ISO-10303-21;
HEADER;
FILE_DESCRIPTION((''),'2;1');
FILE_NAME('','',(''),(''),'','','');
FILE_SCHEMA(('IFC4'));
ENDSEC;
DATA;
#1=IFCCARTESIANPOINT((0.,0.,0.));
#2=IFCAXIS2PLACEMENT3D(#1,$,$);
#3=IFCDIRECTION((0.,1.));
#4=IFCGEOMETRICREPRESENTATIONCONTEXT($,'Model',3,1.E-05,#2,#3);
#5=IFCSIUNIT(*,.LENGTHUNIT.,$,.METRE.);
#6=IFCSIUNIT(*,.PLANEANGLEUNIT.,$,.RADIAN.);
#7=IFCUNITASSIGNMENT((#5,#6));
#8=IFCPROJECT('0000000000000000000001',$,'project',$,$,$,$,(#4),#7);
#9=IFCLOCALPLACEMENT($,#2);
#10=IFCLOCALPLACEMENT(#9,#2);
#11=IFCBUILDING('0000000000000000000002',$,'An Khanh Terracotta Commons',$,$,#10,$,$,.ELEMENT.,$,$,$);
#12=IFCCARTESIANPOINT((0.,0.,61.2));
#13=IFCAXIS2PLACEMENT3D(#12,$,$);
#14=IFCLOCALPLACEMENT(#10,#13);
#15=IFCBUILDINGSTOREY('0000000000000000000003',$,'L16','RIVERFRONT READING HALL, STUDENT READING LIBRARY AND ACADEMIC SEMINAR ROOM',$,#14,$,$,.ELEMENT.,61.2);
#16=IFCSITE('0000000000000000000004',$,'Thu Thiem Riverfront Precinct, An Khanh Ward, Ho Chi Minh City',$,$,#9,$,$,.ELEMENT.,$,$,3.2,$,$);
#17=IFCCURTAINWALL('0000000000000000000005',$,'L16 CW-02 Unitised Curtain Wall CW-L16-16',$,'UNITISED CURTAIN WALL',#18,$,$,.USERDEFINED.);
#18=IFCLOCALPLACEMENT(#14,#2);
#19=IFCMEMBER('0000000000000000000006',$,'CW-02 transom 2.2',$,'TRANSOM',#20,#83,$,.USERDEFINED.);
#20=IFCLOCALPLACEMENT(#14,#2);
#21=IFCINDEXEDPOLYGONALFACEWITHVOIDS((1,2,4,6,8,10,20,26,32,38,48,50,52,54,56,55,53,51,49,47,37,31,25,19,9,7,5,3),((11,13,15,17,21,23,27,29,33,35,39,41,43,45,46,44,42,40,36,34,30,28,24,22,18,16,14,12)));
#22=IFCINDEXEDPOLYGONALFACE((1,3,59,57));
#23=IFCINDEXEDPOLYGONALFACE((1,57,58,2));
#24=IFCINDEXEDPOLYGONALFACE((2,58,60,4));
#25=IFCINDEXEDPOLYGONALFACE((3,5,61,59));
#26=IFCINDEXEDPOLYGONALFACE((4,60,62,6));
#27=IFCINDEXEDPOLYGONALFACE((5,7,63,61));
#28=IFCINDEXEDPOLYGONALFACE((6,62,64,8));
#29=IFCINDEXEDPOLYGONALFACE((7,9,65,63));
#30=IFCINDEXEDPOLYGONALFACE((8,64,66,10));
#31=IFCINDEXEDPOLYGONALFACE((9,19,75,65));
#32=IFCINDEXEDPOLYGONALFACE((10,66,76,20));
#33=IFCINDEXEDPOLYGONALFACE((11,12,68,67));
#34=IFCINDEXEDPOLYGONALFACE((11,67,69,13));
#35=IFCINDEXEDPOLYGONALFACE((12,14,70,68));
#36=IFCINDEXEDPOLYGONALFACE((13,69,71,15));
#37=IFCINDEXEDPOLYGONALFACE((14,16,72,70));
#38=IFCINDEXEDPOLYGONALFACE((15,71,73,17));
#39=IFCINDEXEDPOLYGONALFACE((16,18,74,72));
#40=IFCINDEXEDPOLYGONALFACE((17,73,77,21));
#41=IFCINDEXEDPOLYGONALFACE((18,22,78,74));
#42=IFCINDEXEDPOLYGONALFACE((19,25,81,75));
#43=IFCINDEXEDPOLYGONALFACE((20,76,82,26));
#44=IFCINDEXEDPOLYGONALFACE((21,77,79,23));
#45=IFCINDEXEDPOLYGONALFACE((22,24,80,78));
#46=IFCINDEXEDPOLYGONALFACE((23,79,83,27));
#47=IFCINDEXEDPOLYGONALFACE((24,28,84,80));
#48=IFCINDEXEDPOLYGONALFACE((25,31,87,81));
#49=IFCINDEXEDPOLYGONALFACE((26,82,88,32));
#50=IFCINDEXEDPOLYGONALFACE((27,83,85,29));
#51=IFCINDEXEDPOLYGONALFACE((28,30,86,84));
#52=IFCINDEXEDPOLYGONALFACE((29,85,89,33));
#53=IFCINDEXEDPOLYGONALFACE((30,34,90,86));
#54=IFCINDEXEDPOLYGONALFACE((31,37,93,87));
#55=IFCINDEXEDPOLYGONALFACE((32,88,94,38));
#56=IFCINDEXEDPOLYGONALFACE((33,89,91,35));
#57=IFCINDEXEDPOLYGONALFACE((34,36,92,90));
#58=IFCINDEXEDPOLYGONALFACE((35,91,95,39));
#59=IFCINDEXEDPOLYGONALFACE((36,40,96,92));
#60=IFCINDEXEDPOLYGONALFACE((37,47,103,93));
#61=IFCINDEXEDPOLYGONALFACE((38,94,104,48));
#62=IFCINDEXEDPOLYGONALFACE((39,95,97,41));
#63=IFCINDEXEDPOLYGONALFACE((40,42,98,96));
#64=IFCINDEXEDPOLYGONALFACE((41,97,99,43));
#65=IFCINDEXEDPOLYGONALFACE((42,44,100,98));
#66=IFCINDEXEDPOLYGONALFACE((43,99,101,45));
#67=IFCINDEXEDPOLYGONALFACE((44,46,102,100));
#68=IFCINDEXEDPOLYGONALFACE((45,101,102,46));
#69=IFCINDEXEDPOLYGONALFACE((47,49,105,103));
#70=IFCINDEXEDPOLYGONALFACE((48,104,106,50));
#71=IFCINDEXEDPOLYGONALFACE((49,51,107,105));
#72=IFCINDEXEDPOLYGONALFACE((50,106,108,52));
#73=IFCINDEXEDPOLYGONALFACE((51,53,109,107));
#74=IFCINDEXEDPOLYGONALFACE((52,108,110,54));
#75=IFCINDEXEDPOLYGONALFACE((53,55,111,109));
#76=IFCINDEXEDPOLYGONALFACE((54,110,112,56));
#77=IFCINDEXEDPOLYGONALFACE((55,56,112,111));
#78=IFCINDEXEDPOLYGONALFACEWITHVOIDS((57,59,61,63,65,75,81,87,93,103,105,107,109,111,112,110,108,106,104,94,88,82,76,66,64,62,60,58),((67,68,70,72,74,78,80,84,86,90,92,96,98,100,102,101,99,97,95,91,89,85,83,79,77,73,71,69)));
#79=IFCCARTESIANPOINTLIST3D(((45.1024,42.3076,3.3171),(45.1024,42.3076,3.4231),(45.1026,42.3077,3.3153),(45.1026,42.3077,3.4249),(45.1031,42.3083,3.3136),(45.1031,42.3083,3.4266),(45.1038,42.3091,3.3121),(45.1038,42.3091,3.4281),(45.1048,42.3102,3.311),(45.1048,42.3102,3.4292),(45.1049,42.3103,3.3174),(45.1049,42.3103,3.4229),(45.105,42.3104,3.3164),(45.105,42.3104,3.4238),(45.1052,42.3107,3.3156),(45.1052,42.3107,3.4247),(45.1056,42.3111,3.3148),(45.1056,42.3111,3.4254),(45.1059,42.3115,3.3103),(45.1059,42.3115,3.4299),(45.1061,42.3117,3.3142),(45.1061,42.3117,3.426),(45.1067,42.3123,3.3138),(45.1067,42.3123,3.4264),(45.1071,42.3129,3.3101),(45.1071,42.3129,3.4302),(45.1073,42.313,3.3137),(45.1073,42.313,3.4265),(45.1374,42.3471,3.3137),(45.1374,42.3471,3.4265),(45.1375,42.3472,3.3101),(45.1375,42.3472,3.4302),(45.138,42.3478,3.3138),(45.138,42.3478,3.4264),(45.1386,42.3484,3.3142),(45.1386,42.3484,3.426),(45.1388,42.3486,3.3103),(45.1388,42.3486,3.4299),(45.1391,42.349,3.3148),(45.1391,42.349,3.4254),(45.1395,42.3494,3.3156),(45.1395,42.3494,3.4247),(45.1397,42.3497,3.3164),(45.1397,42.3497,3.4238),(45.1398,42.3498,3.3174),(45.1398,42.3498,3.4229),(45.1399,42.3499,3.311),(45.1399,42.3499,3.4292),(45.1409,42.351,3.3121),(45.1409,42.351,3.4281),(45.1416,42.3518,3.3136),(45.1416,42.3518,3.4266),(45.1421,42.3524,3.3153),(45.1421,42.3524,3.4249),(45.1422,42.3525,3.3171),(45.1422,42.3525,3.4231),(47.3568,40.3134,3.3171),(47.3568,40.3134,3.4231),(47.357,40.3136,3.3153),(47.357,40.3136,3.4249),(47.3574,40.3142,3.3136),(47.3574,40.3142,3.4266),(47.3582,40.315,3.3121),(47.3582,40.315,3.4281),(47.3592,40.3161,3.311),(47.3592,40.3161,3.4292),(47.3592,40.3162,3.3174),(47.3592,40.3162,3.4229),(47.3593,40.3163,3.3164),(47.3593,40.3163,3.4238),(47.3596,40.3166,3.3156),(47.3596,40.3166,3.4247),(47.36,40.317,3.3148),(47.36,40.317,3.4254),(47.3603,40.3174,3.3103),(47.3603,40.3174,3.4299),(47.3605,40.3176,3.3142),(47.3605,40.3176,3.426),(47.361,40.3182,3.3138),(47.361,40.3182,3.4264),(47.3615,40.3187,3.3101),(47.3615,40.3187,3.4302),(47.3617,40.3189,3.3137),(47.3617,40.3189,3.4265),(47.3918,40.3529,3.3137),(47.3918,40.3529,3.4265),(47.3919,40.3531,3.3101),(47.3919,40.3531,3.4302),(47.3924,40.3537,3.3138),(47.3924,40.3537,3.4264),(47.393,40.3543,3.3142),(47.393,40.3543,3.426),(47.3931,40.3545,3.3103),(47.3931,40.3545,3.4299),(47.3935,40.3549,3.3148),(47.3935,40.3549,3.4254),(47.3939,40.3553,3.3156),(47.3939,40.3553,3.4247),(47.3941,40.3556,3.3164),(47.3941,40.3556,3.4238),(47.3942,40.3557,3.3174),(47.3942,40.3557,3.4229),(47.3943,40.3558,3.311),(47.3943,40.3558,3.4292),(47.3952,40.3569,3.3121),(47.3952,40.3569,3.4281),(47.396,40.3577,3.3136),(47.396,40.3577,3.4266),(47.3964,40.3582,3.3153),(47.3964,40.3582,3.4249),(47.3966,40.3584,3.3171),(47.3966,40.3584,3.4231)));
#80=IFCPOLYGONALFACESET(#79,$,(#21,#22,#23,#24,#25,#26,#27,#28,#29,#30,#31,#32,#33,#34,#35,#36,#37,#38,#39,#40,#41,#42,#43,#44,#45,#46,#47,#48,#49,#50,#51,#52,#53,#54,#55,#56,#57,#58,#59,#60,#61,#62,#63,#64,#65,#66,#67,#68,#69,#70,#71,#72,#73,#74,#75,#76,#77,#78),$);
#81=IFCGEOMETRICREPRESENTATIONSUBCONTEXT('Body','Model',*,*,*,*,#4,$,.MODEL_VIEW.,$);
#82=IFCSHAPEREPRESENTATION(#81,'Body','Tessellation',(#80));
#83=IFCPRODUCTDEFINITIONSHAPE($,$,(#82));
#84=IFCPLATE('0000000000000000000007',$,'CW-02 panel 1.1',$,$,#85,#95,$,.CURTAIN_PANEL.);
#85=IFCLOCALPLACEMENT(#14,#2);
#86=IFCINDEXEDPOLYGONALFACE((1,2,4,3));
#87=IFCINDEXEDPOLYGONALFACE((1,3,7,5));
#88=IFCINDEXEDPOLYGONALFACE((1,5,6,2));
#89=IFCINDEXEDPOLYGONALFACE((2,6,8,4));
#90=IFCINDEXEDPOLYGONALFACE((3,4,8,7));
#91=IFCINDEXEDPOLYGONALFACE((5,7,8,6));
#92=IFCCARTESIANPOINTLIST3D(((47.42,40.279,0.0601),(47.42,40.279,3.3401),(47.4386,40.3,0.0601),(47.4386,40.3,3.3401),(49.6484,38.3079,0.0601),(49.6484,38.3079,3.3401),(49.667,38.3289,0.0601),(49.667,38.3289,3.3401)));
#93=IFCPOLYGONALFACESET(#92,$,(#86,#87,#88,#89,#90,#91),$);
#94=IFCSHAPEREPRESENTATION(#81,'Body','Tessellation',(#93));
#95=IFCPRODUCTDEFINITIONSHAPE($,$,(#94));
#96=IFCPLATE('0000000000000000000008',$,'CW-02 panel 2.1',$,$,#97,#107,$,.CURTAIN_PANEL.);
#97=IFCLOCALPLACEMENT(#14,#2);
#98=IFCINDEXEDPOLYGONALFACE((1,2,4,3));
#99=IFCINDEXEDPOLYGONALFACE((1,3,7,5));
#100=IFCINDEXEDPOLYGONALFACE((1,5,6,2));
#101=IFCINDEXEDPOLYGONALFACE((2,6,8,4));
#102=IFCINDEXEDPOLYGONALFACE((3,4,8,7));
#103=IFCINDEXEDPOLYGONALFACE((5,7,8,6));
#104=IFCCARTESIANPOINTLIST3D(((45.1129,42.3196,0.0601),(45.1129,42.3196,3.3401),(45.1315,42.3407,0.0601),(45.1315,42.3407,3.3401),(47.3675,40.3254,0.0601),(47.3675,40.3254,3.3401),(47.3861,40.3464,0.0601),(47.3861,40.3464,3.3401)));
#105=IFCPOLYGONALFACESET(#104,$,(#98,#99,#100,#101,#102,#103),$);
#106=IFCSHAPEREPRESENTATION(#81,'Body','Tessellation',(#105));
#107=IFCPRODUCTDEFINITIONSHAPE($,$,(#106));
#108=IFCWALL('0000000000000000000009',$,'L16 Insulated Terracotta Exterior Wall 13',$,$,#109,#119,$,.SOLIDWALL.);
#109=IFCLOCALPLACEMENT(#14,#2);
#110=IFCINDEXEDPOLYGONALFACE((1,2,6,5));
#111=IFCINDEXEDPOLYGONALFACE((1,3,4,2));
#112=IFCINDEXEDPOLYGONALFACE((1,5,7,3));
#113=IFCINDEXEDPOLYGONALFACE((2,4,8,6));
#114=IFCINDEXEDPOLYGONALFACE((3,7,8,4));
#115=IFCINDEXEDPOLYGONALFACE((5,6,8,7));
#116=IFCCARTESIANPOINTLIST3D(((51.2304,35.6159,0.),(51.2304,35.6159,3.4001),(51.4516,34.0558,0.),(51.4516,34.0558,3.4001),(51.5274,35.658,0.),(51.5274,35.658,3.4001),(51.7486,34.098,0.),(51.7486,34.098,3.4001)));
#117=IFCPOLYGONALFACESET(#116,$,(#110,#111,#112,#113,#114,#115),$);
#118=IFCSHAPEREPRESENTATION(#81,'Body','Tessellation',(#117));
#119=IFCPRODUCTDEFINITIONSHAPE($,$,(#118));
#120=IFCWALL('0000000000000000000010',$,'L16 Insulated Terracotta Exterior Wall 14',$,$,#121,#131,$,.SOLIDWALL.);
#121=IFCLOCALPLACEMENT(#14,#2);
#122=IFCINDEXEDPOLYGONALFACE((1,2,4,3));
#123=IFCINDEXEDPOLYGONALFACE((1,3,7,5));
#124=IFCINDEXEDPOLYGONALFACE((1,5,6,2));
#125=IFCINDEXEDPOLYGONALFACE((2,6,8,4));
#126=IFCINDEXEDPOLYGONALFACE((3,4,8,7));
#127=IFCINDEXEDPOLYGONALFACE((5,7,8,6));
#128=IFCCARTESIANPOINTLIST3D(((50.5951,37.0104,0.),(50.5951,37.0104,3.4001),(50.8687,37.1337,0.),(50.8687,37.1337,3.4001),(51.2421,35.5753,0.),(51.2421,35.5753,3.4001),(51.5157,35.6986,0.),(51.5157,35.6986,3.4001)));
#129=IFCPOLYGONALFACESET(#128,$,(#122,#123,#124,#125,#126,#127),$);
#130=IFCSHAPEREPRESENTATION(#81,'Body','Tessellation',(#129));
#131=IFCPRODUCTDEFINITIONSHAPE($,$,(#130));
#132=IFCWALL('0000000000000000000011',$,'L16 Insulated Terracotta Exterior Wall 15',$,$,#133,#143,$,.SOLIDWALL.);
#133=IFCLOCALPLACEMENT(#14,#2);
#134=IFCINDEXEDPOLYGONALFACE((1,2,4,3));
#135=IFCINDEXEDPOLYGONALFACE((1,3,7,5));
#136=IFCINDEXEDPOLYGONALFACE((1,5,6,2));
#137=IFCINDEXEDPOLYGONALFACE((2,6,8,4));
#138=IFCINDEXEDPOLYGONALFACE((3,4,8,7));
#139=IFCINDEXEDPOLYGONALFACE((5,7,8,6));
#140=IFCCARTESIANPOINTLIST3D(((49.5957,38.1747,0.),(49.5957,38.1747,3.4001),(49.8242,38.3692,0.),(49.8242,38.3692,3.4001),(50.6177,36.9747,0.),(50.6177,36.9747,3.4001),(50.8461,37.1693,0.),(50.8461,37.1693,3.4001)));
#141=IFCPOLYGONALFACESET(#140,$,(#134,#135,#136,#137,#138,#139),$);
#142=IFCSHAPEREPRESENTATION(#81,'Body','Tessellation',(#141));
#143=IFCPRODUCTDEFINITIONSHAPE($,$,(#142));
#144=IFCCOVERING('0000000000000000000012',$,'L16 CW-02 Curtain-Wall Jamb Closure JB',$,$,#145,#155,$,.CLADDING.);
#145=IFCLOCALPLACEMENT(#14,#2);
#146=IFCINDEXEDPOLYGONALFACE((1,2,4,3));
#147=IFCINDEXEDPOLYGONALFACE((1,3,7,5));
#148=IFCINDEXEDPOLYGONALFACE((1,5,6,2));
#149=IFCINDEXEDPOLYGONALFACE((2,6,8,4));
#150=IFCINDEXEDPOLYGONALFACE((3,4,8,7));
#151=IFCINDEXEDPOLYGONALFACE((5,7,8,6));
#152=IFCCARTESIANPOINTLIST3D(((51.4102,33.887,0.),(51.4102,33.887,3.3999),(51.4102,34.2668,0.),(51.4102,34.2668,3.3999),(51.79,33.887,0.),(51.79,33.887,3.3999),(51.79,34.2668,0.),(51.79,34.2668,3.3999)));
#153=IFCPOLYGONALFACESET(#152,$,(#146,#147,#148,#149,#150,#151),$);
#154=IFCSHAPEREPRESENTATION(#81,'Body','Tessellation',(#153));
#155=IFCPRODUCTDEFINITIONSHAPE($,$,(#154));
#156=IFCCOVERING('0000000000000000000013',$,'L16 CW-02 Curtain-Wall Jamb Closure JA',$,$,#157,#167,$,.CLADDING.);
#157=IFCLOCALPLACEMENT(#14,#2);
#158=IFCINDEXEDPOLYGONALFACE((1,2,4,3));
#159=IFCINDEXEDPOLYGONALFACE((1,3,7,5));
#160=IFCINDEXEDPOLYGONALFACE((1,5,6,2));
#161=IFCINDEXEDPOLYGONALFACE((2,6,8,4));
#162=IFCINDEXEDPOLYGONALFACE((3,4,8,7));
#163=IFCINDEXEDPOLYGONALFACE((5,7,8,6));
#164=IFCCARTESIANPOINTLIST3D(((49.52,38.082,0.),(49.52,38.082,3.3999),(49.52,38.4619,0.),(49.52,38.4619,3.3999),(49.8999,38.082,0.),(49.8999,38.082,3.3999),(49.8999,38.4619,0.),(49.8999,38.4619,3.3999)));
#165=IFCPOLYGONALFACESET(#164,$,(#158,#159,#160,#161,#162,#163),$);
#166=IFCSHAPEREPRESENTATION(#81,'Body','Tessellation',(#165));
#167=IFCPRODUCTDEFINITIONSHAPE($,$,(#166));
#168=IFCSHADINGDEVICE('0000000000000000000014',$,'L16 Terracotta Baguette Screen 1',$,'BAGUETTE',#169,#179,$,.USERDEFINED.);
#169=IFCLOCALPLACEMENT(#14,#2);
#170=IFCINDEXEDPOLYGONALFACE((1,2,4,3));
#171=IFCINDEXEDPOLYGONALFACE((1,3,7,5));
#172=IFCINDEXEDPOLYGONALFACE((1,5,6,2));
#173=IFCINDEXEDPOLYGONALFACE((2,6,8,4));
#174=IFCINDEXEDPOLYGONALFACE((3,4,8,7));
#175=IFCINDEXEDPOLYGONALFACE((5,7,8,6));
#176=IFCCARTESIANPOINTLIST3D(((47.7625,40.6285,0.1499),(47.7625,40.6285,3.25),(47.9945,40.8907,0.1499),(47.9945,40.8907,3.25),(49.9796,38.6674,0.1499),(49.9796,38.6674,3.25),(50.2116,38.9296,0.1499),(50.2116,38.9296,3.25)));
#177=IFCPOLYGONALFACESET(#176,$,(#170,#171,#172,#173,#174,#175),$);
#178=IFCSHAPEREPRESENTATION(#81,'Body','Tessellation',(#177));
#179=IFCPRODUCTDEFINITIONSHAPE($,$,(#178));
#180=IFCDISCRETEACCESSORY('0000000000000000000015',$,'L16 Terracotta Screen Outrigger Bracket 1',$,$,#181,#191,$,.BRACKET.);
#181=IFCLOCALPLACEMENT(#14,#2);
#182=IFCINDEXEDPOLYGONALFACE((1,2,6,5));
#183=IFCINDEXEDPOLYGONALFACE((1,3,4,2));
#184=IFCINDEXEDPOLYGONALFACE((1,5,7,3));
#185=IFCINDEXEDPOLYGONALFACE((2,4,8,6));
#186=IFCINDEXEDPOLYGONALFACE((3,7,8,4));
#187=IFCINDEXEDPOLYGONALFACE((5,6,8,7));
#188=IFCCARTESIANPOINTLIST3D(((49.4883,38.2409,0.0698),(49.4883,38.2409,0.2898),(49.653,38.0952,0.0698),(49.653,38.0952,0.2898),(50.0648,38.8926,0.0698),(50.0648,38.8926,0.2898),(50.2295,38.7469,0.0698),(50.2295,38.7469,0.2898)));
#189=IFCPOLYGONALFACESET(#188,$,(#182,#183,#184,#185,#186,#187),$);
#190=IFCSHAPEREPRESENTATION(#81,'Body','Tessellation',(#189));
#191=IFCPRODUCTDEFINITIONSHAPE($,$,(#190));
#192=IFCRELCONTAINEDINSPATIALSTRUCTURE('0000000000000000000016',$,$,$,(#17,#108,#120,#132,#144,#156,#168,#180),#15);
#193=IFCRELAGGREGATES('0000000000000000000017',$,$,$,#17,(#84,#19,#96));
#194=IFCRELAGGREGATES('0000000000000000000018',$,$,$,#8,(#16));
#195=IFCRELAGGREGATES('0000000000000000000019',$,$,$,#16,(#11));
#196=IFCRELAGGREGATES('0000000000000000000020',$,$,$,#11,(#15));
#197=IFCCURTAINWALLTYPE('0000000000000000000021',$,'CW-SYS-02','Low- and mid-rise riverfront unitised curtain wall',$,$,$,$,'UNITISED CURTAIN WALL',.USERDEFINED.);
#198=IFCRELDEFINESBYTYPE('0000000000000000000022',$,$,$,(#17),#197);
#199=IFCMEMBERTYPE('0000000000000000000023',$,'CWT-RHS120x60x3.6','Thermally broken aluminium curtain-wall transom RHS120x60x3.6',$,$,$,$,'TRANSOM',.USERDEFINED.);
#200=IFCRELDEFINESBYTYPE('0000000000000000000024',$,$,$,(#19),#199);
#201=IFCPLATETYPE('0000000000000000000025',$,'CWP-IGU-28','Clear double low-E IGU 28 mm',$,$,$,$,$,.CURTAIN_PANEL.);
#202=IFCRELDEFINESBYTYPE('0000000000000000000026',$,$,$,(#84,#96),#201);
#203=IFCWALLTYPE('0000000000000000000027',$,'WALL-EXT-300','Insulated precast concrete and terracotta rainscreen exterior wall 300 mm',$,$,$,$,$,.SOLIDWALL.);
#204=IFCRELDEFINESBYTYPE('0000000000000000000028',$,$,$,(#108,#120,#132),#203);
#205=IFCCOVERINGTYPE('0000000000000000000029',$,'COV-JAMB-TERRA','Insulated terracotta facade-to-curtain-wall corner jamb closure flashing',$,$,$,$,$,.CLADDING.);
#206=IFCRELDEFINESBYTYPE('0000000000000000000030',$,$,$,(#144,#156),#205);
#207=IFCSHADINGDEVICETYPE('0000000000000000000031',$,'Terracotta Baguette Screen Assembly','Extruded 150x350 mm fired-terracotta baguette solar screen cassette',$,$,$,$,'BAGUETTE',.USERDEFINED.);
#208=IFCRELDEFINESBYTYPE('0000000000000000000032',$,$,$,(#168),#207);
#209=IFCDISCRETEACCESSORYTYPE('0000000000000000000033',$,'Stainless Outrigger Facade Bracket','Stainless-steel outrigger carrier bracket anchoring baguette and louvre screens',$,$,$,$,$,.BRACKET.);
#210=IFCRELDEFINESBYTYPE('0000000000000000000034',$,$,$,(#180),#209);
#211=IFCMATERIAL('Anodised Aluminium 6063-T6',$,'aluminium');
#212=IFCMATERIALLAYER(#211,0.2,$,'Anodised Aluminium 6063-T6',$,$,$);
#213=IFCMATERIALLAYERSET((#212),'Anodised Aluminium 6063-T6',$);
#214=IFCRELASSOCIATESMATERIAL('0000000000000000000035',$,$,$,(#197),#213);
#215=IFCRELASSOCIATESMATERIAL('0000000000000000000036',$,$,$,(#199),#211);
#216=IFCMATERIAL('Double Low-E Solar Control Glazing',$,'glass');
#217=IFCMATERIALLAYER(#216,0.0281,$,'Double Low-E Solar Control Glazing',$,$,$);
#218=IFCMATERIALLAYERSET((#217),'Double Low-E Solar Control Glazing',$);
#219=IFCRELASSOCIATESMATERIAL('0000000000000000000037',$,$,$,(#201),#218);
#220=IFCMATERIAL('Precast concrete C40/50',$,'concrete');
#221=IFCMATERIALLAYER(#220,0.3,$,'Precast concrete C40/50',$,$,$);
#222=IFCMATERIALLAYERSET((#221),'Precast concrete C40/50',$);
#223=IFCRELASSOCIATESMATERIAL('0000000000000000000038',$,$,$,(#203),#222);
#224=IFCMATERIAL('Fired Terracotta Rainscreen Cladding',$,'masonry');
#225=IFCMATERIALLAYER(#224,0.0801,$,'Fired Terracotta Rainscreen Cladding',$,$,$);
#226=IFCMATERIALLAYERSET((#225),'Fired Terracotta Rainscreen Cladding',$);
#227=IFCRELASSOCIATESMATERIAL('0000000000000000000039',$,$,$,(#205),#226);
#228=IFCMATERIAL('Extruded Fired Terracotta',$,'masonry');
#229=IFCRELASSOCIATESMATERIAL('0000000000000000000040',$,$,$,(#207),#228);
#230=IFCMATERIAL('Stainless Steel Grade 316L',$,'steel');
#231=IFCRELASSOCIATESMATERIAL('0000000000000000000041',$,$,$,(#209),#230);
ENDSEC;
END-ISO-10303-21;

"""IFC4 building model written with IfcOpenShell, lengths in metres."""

from ifc_helpers import new_model, si_unit, direction, frame, frame_2d, origin, origin_2d, place, context, subcontext, project, spatial, rectangle, hollow_rectangle, extrude, material, layer, layer_set, material_profile, profile_set, type_object, element, aggregate, save


model = new_model("IFC4")

# Units and contexts
model_context = context("Model", 3, precision=1e-05, world=origin(), true_north=direction((0.0, 1.0)))
body_context = subcontext(model_context, "Body", "Model", "MODEL_VIEW")
ifc_project = project(units=[si_unit("LENGTHUNIT", "METRE"), si_unit("PLANEANGLEUNIT", "RADIAN")], contexts=[model_context])

# Site, building, storey
site_placement = place(None, origin())
site = spatial("IfcSite", under=ifc_project, at=site_placement, Name="Thu Thiem Riverfront Precinct, An Khanh Ward, Ho Chi Minh City", CompositionType="ELEMENT", RefElevation=3.2)
building_placement = place(site_placement, origin())
building = spatial("IfcBuilding", under=site, at=building_placement, Name="An Khanh Terracotta Commons", CompositionType="ELEMENT")
storey_placement = place(building_placement, frame((0.0, 0.0, 61.2)))
storey = spatial("IfcBuildingStorey", under=building, at=storey_placement, Name="L16", Description="RIVERFRONT READING HALL, STUDENT READING LIBRARY AND ACADEMIC SEMINAR ROOM", CompositionType="ELEMENT", Elevation=61.2)

# Shared definitions
ifc_material_1 = material(Name="Anodised Aluminium 6063-T6", Category="aluminium")
ifc_layer_1 = layer(ifc_material_1, 0.2, Name="Anodised Aluminium 6063-T6")
ifc_layer_set_1 = layer_set([ifc_layer_1], Name="Anodised Aluminium 6063-T6")
curtain_wall_type = type_object("IfcCurtainWallType", Name="CW-SYS-02", Description="Low- and mid-rise riverfront unitised curtain wall", ElementType="UNITISED CURTAIN WALL", PredefinedType="USERDEFINED", material=ifc_layer_set_1)

# Curtain wall, member, plates
curtain_wall_1_placement = place(storey_placement, origin())
curtain_wall_1 = element("IfcCurtainWall", 1, at=curtain_wall_1_placement, inside=storey, type_object=curtain_wall_type, Name="L16 CW-02 Unitised Curtain Wall CW-L16-16", ObjectType="UNITISED CURTAIN WALL", PredefinedType="USERDEFINED")
ifc_material_profile_1 = material_profile(ifc_material_1, hollow_rectangle(XDim=0.0601, YDim=0.1201, WallThickness=0.0037, InnerFilletRadius=0.0037, OuterFilletRadius=0.0071, at=origin_2d()), Name="RHS120x60x3.6")
ifc_profile_set_1 = profile_set([ifc_material_profile_1], Name="Anodised Aluminium 6063-T6")
member_type_1 = type_object("IfcMemberType", Name="CWT-RHS120x60x3.6", Description="Thermally broken aluminium curtain-wall transom RHS120x60x3.6", ElementType="TRANSOM", PredefinedType="USERDEFINED", material=ifc_profile_set_1)
member_1_placement = place(storey_placement, frame((47.3767, 40.3359, 3.3701), z_axis=(-0.749018, 0.662549, 0.0), x_axis=(-0.662549, -0.749018, 0.0)))
member_1 = element("IfcMember", 2, at=member_1_placement, type_object=member_type_1, Name="CW-02 transom 2.2", ObjectType="TRANSOM", PredefinedType="USERDEFINED", context=body_context, shape_type="SweptSolid", body=[
    extrude(hollow_rectangle(XDim=0.0601, YDim=0.1201, WallThickness=0.0037, InnerFilletRadius=0.0037, OuterFilletRadius=0.0071, at=origin_2d()), origin(), (0.0, 0.0, 1.0), 3.0098),
])
ifc_material_2 = material(Name="Double Low-E Solar Control Glazing", Category="glass")
ifc_layer_2 = layer(ifc_material_2, 0.0281, Name="Double Low-E Solar Control Glazing")
ifc_layer_set_2 = layer_set([ifc_layer_2], Name="Double Low-E Solar Control Glazing")
plate_type = type_object("IfcPlateType", Name="CWP-IGU-28", Description="Clear double low-E IGU 28 mm", PredefinedType="CURTAIN_PANEL", material=ifc_layer_set_2)
plate_1_placement = place(storey_placement, frame((48.5435, 39.304, 0.0601), z_axis=(0.0, 0.0, 1.0), x_axis=(-0.749019, 0.662548, 0.0)))
plate_1 = element("IfcPlate", 3, at=plate_1_placement, type_object=plate_type, Name="CW-02 panel 1.1", PredefinedType="CURTAIN_PANEL", context=body_context, shape_type="SweptSolid", body=[
    extrude(rectangle(XDim=2.9751, YDim=0.0281, at=origin_2d()), origin(), (0.0, 0.0, 1.0), 3.28),
])
plate_2_placement = place(storey_placement, frame((46.2495, 41.333, 0.0601), z_axis=(0.0, 0.0, 1.0), x_axis=(-0.749019, 0.662548, 0.0)))
plate_2 = element("IfcPlate", 4, at=plate_2_placement, type_object=plate_type, Name="CW-02 panel 2.1", PredefinedType="CURTAIN_PANEL", context=body_context, shape_type="SweptSolid", body=[
    extrude(rectangle(XDim=3.01, YDim=0.0281, at=origin_2d()), origin(), (0.0, 0.0, 1.0), 3.28),
])
aggregate(curtain_wall_1, [plate_1, member_1, plate_2])

# Walls
ifc_material_3 = material(Name="Precast concrete C40/50", Category="concrete")
ifc_layer_3 = layer(ifc_material_3, 0.3, Name="Precast concrete C40/50")
ifc_layer_set_3 = layer_set([ifc_layer_3], Name="Precast concrete C40/50")
wall_type = type_object("IfcWallType", Name="WALL-EXT-300", Description="Insulated precast concrete and terracotta rainscreen exterior wall 300 mm", PredefinedType="SOLIDWALL", material=ifc_layer_set_3)
wall_1_placement = place(storey_placement, frame((51.6001, 34.0769, 0.0), z_axis=(0.0, 0.0, 1.0), x_axis=(-0.14038, 0.990098, 0.0)))
element("IfcWall", 5, at=wall_1_placement, inside=storey, type_object=wall_type, Name="L16 Insulated Terracotta Exterior Wall 13", PredefinedType="SOLIDWALL", context=body_context, shape_type="SweptSolid", body=[
    extrude(rectangle(XDim=1.5757, YDim=0.3, at=frame_2d((0.7878, 0.0))), origin(), (0.0, 0.0, 1.0), 3.4001),
])
wall_2_placement = place(storey_placement, frame((51.3789, 35.637, 0.0), z_axis=(0.0, 0.0, 1.0), x_axis=(-0.410997, 0.911637, 0.0)))
element("IfcWall", 6, at=wall_2_placement, inside=storey, type_object=wall_type, Name="L16 Insulated Terracotta Exterior Wall 14", PredefinedType="SOLIDWALL", context=body_context, shape_type="SweptSolid", body=[
    extrude(rectangle(XDim=1.5742, YDim=0.3, at=frame_2d((0.7871, 0.0))), origin(), (0.0, 0.0, 1.0), 3.4001),
])
wall_3_placement = place(storey_placement, frame((50.7319, 37.072, 0.0), z_axis=(0.0, 0.0, 1.0), x_axis=(-0.64839, 0.761308, 0.0)))
element("IfcWall", 7, at=wall_3_placement, inside=storey, type_object=wall_type, Name="L16 Insulated Terracotta Exterior Wall 15", PredefinedType="SOLIDWALL", context=body_context, shape_type="SweptSolid", body=[
    extrude(rectangle(XDim=1.5762, YDim=0.3, at=frame_2d((0.7881, 0.0))), origin(), (0.0, 0.0, 1.0), 3.4001),
])

# Coverings
ifc_material_4 = material(Name="Fired Terracotta Rainscreen Cladding", Category="masonry")
ifc_layer_4 = layer(ifc_material_4, 0.0801, Name="Fired Terracotta Rainscreen Cladding")
ifc_layer_set_4 = layer_set([ifc_layer_4], Name="Fired Terracotta Rainscreen Cladding")
covering_type = type_object("IfcCoveringType", Name="COV-JAMB-TERRA", Description="Insulated terracotta facade-to-curtain-wall corner jamb closure flashing", PredefinedType="CLADDING", material=ifc_layer_set_4)
for number, where, z_axis, x_axis, name in (
    (8, (51.6001, 34.0769, 0.0), (0.0, 0.0, 1.0), (1.0, 0.0, 0.0), "L16 CW-02 Curtain-Wall Jamb Closure JB"),
    (9, (49.71, 38.272, 0.0), (0.0, 0.0, 1.0), (1.0, 0.0, 0.0), "L16 CW-02 Curtain-Wall Jamb Closure JA"),
):
    element("IfcCovering", number, at=place(storey_placement, frame(where, z_axis=z_axis, x_axis=x_axis)), inside=storey, type_object=covering_type, Name=name, PredefinedType="CLADDING", context=body_context, shape_type="SweptSolid", body=[
        extrude(rectangle(XDim=0.3799, YDim=0.3799, at=origin_2d()), origin(), (0.0, 0.0, 1.0), 3.3999),
    ])

# Shading device
ifc_material_5 = material(Name="Extruded Fired Terracotta", Category="masonry")
shading_device_type = type_object("IfcShadingDeviceType", Name="Terracotta Baguette Screen Assembly", Description="Extruded 150x350 mm fired-terracotta baguette solar screen cassette", ElementType="BAGUETTE", PredefinedType="USERDEFINED", material=ifc_material_5)
shading_device_placement = place(storey_placement, frame((48.9871, 39.7791, 0.1499), z_axis=(0.0, 0.0, 1.0), x_axis=(-0.749019, 0.662548, 0.0)))
element("IfcShadingDevice", 10, at=shading_device_placement, inside=storey, type_object=shading_device_type, Name="L16 Terracotta Baguette Screen 1", ObjectType="BAGUETTE", PredefinedType="USERDEFINED", context=body_context, shape_type="SweptSolid", body=[
    extrude(rectangle(XDim=2.96, YDim=0.3501, at=origin_2d()), origin(), (0.0, 0.0, 1.0), 3.1001),
])

# Discrete accessory
ifc_material_6 = material(Name="Stainless Steel Grade 316L", Category="steel")
discrete_accessory_type = type_object("IfcDiscreteAccessoryType", Name="Stainless Outrigger Facade Bracket", Description="Stainless-steel outrigger carrier bracket anchoring baguette and louvre screens", PredefinedType="BRACKET", material=ifc_material_6)
discrete_accessory_placement = place(storey_placement, frame((49.8589, 38.4939, 0.0698), z_axis=(0.0, 0.0, 1.0), x_axis=(-0.749019, 0.662548, 0.0)))
element("IfcDiscreteAccessory", 11, at=discrete_accessory_placement, inside=storey, type_object=discrete_accessory_type, Name="L16 Terracotta Screen Outrigger Bracket 1", PredefinedType="BRACKET", context=body_context, shape_type="SweptSolid", body=[
    extrude(rectangle(XDim=0.22, YDim=0.8701, at=origin_2d()), origin(), (0.0, 0.0, 1.0), 0.22),
])

save(model, "model.ifc")
